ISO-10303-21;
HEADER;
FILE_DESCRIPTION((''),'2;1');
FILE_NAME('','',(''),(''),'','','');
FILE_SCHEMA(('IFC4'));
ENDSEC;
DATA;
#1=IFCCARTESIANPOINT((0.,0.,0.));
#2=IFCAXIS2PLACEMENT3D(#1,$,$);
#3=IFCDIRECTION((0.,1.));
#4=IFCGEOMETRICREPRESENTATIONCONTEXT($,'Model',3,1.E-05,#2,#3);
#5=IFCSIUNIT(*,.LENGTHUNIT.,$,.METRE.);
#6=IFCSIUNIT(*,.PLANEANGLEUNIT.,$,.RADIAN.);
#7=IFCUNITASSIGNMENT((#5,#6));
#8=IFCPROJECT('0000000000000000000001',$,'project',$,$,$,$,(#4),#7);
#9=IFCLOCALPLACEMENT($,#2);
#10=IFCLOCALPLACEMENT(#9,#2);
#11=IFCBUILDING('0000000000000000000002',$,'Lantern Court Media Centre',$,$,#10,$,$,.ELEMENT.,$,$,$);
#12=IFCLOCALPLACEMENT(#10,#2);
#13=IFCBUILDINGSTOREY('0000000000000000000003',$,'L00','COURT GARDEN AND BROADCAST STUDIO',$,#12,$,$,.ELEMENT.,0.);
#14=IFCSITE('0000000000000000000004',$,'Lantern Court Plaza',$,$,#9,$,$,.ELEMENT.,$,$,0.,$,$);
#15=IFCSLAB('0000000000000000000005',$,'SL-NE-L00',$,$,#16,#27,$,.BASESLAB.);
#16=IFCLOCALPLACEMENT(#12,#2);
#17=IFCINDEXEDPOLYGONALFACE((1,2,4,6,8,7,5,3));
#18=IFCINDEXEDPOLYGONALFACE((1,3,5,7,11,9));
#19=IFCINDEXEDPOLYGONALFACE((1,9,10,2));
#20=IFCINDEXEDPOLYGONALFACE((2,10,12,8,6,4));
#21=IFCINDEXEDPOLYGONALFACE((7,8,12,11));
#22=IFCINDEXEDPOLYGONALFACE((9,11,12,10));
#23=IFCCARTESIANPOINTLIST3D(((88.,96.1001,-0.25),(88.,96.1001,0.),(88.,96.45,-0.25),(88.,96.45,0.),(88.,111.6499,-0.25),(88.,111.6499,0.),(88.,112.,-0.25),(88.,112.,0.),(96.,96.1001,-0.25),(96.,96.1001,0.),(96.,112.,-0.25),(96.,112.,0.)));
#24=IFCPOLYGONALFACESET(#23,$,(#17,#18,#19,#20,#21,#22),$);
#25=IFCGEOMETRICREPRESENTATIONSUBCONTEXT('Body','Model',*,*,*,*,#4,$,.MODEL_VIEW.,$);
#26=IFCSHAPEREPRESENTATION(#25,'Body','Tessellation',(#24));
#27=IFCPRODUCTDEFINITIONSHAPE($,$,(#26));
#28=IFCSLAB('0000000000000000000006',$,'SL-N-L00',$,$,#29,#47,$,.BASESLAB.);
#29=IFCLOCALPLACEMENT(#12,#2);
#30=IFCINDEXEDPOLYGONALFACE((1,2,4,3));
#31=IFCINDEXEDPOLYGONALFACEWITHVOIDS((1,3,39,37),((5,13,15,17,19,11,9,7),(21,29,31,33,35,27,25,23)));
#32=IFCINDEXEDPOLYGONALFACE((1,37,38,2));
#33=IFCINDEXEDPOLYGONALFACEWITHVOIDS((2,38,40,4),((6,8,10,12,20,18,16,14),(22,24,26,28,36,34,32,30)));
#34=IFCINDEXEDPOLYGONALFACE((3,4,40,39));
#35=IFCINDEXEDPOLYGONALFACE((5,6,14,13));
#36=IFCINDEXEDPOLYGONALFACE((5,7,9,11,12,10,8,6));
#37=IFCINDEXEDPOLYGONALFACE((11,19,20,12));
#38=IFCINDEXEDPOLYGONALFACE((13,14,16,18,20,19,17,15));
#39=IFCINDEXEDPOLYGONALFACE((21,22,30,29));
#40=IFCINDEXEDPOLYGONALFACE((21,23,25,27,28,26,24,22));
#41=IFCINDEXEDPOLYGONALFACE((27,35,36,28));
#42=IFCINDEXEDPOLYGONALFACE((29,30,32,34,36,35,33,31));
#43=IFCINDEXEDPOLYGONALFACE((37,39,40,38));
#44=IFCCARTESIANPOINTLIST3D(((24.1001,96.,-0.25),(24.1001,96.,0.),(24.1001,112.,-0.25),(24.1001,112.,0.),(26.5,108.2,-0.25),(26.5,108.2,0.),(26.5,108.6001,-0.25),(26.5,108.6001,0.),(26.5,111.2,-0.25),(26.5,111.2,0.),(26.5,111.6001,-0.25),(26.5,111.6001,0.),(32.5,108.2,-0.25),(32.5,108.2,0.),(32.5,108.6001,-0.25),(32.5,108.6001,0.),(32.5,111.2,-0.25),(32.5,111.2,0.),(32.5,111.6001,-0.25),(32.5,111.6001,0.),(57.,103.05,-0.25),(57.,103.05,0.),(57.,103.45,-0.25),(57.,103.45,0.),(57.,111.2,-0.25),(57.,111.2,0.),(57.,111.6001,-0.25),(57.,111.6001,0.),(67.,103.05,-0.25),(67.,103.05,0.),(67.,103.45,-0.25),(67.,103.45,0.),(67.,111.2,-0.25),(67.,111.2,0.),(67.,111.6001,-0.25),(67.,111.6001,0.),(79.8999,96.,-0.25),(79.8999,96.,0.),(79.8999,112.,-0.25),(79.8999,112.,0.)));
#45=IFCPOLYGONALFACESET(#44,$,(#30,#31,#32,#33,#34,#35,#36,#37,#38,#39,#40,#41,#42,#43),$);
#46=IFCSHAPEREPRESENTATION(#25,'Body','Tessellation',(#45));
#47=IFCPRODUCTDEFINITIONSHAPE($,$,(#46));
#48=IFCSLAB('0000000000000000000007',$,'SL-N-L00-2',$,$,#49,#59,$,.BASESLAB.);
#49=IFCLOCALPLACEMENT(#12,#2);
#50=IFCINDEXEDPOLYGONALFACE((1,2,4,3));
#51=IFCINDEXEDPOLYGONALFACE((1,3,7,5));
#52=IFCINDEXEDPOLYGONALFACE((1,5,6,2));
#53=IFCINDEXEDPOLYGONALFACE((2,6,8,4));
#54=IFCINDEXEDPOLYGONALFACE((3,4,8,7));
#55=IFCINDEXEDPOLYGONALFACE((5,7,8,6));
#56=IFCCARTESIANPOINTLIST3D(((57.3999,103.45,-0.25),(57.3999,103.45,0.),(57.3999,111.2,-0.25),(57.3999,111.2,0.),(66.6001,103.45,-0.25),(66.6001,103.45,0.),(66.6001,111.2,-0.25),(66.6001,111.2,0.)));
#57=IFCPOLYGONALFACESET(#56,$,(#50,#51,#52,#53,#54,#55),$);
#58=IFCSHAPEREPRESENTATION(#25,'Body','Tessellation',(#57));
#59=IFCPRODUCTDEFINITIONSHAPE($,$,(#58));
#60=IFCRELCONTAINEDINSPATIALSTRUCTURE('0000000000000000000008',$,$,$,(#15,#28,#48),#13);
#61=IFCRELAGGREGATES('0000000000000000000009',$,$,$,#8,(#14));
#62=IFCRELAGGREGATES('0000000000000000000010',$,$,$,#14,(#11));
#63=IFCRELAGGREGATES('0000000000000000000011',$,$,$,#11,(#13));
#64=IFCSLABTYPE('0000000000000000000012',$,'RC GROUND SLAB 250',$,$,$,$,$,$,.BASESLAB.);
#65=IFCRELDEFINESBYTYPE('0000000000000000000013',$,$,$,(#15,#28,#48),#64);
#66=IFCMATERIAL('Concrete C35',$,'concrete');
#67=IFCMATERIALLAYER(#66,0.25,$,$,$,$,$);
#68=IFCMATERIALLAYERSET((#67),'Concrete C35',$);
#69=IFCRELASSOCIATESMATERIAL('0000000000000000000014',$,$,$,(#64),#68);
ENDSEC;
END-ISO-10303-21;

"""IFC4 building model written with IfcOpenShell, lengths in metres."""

from ifc_helpers import new_model, si_unit, direction, frame, origin, place, context, subcontext, project, spatial, polyline, outline, extrude, material, layer, layer_set, type_object, element, save


model = new_model("IFC4")

# Units and contexts
model_context = context("Model", 3, precision=1e-05, world=origin(), true_north=direction((0.0, 1.0)))
body_context = subcontext(model_context, "Body", "Model", "MODEL_VIEW")
ifc_project = project(units=[si_unit("LENGTHUNIT", "METRE"), si_unit("PLANEANGLEUNIT", "RADIAN")], contexts=[model_context])

# Site, building, storey
site_placement = place(None, origin())
site = spatial("IfcSite", under=ifc_project, at=site_placement, Name="Lantern Court Plaza", CompositionType="ELEMENT", RefElevation=0.0)
building_placement = place(site_placement, origin())
building = spatial("IfcBuilding", under=site, at=building_placement, Name="Lantern Court Media Centre", CompositionType="ELEMENT")
storey_placement = place(building_placement, origin())
storey = spatial("IfcBuildingStorey", under=building, at=storey_placement, Name="L00", Description="COURT GARDEN AND BROADCAST STUDIO", CompositionType="ELEMENT", Elevation=0.0)

# Shared definitions
ifc_material_1 = material(Name="Concrete C35", Category="concrete")

# Slabs
ifc_layer_1 = layer(ifc_material_1, 0.25)
ifc_layer_set_1 = layer_set([ifc_layer_1], Name="Concrete C35")
slab_type_1 = type_object("IfcSlabType", Name="RC GROUND SLAB 250", PredefinedType="BASESLAB", material=ifc_layer_set_1)
slab_1_placement = place(storey_placement, frame((0.0, 0.0, -0.25)))
element("IfcSlab", 1, at=slab_1_placement, inside=storey, type_object=slab_type_1, Name="SL-NE-L00", PredefinedType="BASESLAB", context=body_context, shape_type="SweptSolid", body=[
    extrude(outline(polyline([(96.0, 112.0), (96.0, 96.1001), (88.0, 96.1001), (88.0, 96.45), (88.0, 111.6499), (88.0, 112.0), (96.0, 112.0)])), origin(), (0.0, 0.0, 1.0), 0.25),
])
slab_2_placement = place(storey_placement, frame((0.0, 0.0, -0.25)))
element("IfcSlab", 2, at=slab_2_placement, inside=storey, type_object=slab_type_1, Name="SL-N-L00", PredefinedType="BASESLAB", context=body_context, shape_type="SweptSolid", body=[
    extrude(outline(polyline([(24.1001, 96.0), (24.1001, 112.0), (79.8999, 112.0), (79.8999, 96.0), (24.1001, 96.0)]), holes=[polyline([(57.0, 111.2), (57.0, 103.45), (57.0, 103.05), (67.0, 103.05), (67.0, 103.45), (67.0, 111.2), (67.0, 111.6001), (57.0, 111.6001), (57.0, 111.2)]), polyline([(32.5, 108.2), (32.5, 108.6001), (32.5, 111.2), (32.5, 111.6001), (26.5, 111.6001), (26.5, 111.2), (26.5, 108.6001), (26.5, 108.2), (32.5, 108.2)])]), origin(), (0.0, 0.0, 1.0), 0.25),
])
slab_3_placement = place(storey_placement, frame((0.0, 0.0, -0.25)))
element("IfcSlab", 3, at=slab_3_placement, inside=storey, type_object=slab_type_1, Name="SL-N-L00-2", PredefinedType="BASESLAB", context=body_context, shape_type="SweptSolid", body=[
    extrude(outline(polyline([(66.6001, 103.45), (57.3999, 103.45), (57.3999, 111.2), (66.6001, 111.2), (66.6001, 103.45)])), origin(), (0.0, 0.0, 1.0), 0.25),
])

save(model, "model.ifc")
